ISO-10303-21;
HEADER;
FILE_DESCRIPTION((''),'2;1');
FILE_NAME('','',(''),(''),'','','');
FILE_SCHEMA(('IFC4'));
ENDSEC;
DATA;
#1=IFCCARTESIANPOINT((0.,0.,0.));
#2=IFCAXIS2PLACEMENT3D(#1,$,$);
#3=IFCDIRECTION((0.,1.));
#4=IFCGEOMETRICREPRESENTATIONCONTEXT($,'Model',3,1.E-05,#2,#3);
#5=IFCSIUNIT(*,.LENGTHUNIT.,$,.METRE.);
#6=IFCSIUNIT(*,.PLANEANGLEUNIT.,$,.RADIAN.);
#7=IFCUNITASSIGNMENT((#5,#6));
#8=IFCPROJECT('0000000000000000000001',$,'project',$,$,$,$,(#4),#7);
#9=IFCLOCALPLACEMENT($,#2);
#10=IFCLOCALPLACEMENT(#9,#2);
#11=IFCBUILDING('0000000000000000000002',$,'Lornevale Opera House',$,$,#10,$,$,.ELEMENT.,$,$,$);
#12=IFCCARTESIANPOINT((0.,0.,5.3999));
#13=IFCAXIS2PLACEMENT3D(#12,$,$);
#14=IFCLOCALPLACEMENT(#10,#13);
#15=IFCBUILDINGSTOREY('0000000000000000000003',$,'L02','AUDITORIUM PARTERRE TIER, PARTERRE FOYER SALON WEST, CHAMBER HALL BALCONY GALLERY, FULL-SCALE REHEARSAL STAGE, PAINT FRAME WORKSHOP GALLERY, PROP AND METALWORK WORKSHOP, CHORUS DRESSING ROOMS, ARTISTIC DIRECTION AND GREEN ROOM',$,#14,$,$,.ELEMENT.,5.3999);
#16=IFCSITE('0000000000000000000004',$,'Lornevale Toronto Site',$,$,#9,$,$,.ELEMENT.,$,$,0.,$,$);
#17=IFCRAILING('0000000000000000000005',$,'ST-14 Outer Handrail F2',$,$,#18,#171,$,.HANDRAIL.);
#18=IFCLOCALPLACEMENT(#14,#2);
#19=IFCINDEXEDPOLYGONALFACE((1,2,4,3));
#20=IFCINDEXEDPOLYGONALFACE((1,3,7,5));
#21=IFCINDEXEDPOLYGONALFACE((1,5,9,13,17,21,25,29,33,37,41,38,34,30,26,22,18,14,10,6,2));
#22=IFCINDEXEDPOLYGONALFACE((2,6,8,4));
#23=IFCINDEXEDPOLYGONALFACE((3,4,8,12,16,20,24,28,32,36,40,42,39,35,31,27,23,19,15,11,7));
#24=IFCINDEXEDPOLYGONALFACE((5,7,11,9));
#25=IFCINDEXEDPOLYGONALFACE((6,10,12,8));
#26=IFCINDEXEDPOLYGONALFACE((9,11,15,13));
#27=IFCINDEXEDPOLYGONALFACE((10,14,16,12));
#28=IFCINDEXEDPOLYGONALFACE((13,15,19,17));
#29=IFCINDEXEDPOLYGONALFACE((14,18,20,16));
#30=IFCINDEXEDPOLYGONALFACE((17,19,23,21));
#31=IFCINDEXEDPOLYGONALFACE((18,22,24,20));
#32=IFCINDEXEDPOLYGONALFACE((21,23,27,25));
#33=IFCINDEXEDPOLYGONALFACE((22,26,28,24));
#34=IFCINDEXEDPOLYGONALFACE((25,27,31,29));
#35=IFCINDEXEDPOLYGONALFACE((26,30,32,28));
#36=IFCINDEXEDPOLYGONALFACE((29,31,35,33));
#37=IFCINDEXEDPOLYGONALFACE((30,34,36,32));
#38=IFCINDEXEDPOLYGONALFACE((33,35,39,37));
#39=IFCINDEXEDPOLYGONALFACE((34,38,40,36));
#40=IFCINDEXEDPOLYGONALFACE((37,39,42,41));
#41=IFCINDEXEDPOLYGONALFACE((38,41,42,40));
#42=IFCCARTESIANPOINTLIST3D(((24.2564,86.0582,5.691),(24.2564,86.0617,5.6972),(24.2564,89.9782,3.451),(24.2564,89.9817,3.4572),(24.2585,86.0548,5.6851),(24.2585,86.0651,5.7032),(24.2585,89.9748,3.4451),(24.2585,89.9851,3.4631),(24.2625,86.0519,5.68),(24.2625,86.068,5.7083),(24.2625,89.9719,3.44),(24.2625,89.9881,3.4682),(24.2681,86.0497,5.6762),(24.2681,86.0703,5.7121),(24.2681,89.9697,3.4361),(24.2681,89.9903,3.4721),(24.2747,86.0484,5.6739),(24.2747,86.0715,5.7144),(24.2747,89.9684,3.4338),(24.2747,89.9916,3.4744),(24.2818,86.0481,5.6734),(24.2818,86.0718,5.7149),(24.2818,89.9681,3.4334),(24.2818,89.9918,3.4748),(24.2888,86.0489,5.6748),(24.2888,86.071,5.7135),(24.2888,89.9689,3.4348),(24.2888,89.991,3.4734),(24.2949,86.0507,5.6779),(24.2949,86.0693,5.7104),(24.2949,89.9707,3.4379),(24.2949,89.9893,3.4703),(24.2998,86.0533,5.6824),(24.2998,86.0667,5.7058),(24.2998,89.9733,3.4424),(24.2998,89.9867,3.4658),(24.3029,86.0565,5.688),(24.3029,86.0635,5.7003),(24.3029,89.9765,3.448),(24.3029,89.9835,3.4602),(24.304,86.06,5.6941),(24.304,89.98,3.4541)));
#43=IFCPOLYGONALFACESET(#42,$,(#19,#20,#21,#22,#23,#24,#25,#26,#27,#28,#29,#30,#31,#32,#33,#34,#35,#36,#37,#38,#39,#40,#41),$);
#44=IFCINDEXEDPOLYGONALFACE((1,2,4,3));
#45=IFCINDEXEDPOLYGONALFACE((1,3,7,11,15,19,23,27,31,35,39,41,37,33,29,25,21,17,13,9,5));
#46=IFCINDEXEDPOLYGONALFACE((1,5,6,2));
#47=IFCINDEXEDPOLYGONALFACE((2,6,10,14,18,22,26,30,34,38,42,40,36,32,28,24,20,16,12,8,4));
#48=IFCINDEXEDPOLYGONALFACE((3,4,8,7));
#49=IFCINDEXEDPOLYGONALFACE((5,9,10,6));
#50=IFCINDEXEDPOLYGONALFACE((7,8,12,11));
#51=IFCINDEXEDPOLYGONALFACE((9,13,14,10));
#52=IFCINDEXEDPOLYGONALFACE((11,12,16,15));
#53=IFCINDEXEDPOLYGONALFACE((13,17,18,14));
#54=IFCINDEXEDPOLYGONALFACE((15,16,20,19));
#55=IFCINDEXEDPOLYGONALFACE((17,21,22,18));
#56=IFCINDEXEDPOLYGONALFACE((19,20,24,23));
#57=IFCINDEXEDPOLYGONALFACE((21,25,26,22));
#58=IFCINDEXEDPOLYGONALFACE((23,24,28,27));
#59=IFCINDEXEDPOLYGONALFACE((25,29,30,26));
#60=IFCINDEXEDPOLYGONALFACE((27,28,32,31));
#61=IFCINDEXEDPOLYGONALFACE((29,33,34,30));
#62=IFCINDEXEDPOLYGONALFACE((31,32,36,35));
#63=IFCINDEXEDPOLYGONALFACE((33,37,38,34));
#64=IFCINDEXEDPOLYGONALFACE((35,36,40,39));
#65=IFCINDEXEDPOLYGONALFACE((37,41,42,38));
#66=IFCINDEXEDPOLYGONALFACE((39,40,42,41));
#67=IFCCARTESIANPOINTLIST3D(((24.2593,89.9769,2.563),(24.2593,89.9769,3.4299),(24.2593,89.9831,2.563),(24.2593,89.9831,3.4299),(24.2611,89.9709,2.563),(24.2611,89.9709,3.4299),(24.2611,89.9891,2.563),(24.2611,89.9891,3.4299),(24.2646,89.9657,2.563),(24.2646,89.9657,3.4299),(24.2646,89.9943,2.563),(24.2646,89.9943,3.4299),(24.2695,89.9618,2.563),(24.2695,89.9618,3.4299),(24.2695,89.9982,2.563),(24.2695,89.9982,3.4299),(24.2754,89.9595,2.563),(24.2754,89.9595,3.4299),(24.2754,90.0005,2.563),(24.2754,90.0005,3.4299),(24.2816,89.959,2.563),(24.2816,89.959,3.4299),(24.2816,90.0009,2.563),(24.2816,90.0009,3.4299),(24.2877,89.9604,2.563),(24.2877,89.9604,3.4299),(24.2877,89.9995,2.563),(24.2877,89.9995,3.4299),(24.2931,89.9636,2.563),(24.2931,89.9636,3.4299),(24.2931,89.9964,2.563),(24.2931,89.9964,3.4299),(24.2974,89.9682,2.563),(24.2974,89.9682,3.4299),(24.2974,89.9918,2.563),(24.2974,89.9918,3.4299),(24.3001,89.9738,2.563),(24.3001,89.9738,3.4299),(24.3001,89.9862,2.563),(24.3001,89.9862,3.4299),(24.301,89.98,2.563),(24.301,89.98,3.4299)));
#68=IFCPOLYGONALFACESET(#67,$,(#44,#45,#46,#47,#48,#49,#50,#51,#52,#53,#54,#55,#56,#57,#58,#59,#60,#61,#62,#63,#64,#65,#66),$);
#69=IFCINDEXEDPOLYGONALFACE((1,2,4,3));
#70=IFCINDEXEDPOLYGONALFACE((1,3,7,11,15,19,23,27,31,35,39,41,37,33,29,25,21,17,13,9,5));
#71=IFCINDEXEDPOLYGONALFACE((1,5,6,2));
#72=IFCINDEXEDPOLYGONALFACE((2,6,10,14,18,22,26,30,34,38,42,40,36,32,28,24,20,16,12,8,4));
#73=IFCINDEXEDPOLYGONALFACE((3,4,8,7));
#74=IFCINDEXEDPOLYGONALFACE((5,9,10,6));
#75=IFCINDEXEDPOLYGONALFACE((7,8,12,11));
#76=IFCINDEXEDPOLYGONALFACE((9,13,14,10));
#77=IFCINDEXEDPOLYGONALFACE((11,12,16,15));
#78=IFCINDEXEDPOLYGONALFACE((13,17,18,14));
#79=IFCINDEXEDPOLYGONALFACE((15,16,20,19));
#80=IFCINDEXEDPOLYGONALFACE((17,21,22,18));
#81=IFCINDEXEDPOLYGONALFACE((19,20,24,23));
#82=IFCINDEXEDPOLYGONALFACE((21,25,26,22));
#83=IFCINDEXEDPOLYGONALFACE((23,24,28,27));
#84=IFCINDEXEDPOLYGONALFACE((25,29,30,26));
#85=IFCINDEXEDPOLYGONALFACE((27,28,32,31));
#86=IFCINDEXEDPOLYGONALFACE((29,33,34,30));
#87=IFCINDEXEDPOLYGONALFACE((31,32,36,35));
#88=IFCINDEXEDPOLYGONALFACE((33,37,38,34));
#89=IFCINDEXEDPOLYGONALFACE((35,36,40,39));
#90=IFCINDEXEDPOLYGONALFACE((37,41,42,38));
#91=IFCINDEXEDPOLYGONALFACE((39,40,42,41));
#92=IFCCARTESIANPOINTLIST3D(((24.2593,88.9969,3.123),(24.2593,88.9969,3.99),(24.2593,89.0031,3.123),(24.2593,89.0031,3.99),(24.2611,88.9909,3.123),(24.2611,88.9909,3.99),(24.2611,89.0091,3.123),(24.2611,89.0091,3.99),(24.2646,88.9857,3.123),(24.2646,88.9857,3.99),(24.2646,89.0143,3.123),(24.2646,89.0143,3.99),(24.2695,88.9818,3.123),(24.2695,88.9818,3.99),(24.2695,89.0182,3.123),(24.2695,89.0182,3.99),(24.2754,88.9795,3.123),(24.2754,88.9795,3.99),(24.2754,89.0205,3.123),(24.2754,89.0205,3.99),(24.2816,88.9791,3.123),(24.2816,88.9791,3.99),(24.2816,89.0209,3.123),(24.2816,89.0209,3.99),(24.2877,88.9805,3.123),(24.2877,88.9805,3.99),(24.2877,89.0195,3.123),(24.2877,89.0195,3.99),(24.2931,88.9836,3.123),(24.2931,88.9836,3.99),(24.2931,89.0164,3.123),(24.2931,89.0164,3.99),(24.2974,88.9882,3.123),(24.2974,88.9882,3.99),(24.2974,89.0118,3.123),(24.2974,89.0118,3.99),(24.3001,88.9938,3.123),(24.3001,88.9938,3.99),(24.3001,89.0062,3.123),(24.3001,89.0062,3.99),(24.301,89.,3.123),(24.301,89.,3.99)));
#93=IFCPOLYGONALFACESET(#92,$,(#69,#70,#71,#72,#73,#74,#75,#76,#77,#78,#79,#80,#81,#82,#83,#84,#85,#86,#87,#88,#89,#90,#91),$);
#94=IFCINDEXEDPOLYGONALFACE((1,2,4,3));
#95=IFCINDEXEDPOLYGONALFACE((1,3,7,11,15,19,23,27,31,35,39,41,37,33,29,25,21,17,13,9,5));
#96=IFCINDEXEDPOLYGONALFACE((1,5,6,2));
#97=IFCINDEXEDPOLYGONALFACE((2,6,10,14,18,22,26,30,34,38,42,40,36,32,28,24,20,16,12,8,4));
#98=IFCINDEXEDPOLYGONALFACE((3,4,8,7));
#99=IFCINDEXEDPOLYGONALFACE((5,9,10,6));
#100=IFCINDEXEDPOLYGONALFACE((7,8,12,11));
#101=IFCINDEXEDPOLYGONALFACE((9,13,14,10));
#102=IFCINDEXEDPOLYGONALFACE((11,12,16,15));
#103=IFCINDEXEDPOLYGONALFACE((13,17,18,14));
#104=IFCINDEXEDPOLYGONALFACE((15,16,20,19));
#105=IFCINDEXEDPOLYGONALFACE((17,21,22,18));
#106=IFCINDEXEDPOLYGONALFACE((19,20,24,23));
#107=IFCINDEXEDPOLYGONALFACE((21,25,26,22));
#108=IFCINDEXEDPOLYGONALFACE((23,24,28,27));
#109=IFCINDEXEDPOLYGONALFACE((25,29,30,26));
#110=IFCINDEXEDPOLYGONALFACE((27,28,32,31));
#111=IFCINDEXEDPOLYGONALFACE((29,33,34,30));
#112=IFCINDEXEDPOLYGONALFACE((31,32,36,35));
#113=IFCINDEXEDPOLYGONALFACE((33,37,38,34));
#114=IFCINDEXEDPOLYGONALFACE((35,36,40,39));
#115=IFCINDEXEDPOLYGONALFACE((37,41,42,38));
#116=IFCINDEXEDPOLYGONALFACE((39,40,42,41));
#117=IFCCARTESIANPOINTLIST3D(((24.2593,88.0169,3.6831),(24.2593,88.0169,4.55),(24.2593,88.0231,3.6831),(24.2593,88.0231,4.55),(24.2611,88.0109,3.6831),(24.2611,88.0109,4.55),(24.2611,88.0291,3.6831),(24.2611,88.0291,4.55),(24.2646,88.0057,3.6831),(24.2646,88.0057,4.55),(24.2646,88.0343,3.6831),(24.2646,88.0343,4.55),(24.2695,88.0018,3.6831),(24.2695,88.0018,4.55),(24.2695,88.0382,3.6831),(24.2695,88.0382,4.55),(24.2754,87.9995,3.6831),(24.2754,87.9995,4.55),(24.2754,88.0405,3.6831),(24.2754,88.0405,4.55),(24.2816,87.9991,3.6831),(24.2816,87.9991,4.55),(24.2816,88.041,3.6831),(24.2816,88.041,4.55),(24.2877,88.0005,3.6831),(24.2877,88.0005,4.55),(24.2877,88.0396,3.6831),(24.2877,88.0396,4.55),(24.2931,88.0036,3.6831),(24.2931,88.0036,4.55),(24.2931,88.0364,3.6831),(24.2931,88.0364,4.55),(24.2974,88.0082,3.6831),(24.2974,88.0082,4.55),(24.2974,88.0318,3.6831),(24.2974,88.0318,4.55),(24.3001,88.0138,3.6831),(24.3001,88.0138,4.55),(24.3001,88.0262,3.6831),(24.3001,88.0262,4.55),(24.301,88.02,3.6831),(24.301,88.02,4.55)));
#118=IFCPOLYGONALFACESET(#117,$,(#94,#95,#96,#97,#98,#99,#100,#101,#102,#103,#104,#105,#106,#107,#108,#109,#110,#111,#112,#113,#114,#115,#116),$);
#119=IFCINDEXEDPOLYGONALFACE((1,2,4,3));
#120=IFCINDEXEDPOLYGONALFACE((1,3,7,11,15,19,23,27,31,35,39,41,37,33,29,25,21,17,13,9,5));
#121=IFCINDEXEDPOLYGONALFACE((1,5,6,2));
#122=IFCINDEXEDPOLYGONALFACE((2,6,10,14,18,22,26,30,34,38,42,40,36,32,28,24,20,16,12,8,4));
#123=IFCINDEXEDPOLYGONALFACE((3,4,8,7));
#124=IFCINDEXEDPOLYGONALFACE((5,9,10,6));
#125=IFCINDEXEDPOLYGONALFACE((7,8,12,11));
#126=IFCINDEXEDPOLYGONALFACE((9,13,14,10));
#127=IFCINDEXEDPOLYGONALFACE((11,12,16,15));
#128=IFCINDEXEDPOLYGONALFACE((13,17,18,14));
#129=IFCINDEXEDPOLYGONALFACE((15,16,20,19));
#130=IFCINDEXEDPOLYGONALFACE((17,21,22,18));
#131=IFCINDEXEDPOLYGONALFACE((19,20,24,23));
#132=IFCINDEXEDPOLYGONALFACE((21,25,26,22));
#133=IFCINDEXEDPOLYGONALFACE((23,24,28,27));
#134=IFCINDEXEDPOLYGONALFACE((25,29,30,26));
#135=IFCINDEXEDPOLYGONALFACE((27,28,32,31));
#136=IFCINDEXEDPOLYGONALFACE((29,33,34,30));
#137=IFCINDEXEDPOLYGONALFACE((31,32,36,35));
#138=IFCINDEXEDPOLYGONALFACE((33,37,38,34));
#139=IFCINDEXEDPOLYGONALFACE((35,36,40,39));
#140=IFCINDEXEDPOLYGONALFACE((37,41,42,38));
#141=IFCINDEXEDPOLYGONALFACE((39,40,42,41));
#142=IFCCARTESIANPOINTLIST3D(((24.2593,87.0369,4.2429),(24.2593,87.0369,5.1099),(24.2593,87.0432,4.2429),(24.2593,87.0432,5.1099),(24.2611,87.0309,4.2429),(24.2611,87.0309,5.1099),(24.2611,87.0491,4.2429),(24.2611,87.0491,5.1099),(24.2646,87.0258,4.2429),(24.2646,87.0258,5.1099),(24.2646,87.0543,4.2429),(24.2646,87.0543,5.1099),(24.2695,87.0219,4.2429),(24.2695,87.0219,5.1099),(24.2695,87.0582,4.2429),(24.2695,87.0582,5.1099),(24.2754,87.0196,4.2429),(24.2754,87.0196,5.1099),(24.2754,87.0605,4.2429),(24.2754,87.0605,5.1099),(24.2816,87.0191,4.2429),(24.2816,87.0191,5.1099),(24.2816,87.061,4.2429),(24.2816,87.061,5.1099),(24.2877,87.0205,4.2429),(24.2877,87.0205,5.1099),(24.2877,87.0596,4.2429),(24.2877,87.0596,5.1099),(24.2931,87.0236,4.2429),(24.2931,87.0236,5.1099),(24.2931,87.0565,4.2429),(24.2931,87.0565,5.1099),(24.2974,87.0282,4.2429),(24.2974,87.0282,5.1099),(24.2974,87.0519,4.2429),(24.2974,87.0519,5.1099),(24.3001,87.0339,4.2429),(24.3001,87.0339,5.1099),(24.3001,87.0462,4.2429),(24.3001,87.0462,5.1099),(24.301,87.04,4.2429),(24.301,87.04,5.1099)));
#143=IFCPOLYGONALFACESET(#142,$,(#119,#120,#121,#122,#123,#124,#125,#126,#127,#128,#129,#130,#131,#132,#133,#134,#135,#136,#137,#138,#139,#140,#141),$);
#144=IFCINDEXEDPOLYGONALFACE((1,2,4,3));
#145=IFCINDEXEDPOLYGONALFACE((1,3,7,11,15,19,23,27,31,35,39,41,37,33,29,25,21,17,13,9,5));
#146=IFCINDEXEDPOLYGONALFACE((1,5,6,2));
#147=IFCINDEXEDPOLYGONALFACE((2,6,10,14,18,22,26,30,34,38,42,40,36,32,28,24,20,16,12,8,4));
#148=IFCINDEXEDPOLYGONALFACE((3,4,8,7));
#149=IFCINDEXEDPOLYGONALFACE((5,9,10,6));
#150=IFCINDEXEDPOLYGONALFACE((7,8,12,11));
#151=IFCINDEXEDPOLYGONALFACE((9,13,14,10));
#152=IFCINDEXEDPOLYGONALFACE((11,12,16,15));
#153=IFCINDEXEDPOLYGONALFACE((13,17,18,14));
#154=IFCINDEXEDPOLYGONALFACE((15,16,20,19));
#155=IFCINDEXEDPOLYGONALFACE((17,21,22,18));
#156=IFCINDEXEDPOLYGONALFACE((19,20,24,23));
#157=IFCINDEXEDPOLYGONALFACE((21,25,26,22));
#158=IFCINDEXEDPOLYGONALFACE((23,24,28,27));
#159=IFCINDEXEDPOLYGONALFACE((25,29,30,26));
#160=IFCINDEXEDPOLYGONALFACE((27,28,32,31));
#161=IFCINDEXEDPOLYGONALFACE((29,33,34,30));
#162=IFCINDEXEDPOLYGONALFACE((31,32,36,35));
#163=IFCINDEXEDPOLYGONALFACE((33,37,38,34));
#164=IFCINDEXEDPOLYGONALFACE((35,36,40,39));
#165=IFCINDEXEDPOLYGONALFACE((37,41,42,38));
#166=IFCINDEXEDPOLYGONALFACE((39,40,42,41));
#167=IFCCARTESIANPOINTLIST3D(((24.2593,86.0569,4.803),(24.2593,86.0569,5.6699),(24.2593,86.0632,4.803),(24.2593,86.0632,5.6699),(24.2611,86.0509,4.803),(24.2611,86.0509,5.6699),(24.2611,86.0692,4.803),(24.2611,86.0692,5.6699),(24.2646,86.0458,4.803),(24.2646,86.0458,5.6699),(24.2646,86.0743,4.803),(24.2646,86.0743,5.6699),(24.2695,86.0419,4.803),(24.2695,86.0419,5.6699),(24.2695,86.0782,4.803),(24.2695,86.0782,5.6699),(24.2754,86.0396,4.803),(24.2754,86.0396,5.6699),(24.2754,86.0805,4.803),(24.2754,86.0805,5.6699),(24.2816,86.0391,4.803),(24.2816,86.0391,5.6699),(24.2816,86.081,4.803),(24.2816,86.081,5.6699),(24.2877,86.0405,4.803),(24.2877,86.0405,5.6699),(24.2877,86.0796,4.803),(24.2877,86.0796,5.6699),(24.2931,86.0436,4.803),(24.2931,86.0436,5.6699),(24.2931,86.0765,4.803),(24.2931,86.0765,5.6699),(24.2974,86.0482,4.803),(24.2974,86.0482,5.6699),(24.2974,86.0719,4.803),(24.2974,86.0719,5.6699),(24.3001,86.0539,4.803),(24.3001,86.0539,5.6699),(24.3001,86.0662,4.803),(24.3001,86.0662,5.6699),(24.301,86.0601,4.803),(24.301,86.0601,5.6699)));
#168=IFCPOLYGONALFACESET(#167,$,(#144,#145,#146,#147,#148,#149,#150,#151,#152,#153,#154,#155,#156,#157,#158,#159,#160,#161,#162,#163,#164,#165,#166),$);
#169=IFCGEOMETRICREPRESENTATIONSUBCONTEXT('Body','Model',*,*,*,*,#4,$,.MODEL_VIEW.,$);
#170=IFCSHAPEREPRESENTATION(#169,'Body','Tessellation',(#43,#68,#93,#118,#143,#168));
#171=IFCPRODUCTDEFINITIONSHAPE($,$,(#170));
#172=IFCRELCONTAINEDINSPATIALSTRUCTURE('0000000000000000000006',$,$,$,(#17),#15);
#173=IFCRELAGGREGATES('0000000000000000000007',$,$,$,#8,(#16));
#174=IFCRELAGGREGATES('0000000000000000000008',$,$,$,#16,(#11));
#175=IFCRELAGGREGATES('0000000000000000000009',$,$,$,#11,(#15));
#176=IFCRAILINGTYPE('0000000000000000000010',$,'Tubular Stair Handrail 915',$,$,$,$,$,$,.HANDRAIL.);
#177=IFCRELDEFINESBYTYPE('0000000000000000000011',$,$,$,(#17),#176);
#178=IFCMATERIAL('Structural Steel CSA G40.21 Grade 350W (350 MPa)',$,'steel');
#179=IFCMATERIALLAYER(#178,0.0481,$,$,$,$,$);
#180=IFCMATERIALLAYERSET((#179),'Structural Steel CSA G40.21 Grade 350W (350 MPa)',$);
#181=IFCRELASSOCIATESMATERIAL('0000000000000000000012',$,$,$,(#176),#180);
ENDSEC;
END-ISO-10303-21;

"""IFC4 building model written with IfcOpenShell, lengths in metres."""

from ifc_helpers import new_model, si_unit, direction, frame, origin, origin_2d, place, context, subcontext, project, spatial, circle, extrude, material, layer, layer_set, type_object, element, save


model = new_model("IFC4")

# Units and contexts
model_context = context("Model", 3, precision=1e-05, world=origin(), true_north=direction((0.0, 1.0)))
body_context = subcontext(model_context, "Body", "Model", "MODEL_VIEW")
ifc_project = project(units=[si_unit("LENGTHUNIT", "METRE"), si_unit("PLANEANGLEUNIT", "RADIAN")], contexts=[model_context])

# Site, building, storey
site_placement = place(None, origin())
site = spatial("IfcSite", under=ifc_project, at=site_placement, Name="Lornevale Toronto Site", CompositionType="ELEMENT", RefElevation=0.0)
building_placement = place(site_placement, origin())
building = spatial("IfcBuilding", under=site, at=building_placement, Name="Lornevale Opera House", CompositionType="ELEMENT")
storey_placement = place(building_placement, frame((0.0, 0.0, 5.3999)))
storey = spatial("IfcBuildingStorey", under=building, at=storey_placement, Name="L02", Description="AUDITORIUM PARTERRE TIER, PARTERRE FOYER SALON WEST, CHAMBER HALL BALCONY GALLERY, FULL-SCALE REHEARSAL STAGE, PAINT FRAME WORKSHOP GALLERY, PROP AND METALWORK WORKSHOP, CHORUS DRESSING ROOMS, ARTISTIC DIRECTION AND GREEN ROOM", CompositionType="ELEMENT", Elevation=5.3999)

# Shared definitions
ifc_material_1 = material(Name="Structural Steel CSA G40.21 Grade 350W (350 MPa)", Category="steel")

# Railing
ifc_layer_1 = layer(ifc_material_1, 0.0481)
ifc_layer_set_1 = layer_set([ifc_layer_1], Name="Structural Steel CSA G40.21 Grade 350W (350 MPa)")
railing_type_1 = type_object("IfcRailingType", Name="Tubular Stair Handrail 915", PredefinedType="HANDRAIL", material=ifc_layer_set_1)
railing_1_placement = place(storey_placement, frame((24.28, 89.98, 2.563)))
element("IfcRailing", 1, at=railing_1_placement, inside=storey, type_object=railing_type_1, Name="ST-14 Outer Handrail F2", PredefinedType="HANDRAIL", context=body_context, shape_type="SweptSolid", body=[
    extrude(circle(Radius=0.0239, at=origin_2d()), frame((0.0, 0.0, 0.8911), z_axis=(0.0, -0.86824, 0.496145), x_axis=(1.0, 0.0, 0.0)), (0.0, 0.0, 1.0), 4.5149),
    extrude(circle(Radius=0.021, at=origin_2d()), origin(), (0.0, 0.0, 1.0), 0.8669),
    extrude(circle(Radius=0.021, at=origin_2d()), frame((0.0, -0.98, 0.5601)), (0.0, 0.0, 1.0), 0.8669),
    extrude(circle(Radius=0.021, at=origin_2d()), frame((0.0, -1.96, 1.1201)), (0.0, 0.0, 1.0), 0.8669),
    extrude(circle(Radius=0.021, at=origin_2d()), frame((0.0, -2.9399, 1.6799)), (0.0, 0.0, 1.0), 0.8669),
    extrude(circle(Radius=0.021, at=origin_2d()), frame((0.0, -3.9199, 2.24)), (0.0, 0.0, 1.0), 0.8669),
])

save(model, "model.ifc")
